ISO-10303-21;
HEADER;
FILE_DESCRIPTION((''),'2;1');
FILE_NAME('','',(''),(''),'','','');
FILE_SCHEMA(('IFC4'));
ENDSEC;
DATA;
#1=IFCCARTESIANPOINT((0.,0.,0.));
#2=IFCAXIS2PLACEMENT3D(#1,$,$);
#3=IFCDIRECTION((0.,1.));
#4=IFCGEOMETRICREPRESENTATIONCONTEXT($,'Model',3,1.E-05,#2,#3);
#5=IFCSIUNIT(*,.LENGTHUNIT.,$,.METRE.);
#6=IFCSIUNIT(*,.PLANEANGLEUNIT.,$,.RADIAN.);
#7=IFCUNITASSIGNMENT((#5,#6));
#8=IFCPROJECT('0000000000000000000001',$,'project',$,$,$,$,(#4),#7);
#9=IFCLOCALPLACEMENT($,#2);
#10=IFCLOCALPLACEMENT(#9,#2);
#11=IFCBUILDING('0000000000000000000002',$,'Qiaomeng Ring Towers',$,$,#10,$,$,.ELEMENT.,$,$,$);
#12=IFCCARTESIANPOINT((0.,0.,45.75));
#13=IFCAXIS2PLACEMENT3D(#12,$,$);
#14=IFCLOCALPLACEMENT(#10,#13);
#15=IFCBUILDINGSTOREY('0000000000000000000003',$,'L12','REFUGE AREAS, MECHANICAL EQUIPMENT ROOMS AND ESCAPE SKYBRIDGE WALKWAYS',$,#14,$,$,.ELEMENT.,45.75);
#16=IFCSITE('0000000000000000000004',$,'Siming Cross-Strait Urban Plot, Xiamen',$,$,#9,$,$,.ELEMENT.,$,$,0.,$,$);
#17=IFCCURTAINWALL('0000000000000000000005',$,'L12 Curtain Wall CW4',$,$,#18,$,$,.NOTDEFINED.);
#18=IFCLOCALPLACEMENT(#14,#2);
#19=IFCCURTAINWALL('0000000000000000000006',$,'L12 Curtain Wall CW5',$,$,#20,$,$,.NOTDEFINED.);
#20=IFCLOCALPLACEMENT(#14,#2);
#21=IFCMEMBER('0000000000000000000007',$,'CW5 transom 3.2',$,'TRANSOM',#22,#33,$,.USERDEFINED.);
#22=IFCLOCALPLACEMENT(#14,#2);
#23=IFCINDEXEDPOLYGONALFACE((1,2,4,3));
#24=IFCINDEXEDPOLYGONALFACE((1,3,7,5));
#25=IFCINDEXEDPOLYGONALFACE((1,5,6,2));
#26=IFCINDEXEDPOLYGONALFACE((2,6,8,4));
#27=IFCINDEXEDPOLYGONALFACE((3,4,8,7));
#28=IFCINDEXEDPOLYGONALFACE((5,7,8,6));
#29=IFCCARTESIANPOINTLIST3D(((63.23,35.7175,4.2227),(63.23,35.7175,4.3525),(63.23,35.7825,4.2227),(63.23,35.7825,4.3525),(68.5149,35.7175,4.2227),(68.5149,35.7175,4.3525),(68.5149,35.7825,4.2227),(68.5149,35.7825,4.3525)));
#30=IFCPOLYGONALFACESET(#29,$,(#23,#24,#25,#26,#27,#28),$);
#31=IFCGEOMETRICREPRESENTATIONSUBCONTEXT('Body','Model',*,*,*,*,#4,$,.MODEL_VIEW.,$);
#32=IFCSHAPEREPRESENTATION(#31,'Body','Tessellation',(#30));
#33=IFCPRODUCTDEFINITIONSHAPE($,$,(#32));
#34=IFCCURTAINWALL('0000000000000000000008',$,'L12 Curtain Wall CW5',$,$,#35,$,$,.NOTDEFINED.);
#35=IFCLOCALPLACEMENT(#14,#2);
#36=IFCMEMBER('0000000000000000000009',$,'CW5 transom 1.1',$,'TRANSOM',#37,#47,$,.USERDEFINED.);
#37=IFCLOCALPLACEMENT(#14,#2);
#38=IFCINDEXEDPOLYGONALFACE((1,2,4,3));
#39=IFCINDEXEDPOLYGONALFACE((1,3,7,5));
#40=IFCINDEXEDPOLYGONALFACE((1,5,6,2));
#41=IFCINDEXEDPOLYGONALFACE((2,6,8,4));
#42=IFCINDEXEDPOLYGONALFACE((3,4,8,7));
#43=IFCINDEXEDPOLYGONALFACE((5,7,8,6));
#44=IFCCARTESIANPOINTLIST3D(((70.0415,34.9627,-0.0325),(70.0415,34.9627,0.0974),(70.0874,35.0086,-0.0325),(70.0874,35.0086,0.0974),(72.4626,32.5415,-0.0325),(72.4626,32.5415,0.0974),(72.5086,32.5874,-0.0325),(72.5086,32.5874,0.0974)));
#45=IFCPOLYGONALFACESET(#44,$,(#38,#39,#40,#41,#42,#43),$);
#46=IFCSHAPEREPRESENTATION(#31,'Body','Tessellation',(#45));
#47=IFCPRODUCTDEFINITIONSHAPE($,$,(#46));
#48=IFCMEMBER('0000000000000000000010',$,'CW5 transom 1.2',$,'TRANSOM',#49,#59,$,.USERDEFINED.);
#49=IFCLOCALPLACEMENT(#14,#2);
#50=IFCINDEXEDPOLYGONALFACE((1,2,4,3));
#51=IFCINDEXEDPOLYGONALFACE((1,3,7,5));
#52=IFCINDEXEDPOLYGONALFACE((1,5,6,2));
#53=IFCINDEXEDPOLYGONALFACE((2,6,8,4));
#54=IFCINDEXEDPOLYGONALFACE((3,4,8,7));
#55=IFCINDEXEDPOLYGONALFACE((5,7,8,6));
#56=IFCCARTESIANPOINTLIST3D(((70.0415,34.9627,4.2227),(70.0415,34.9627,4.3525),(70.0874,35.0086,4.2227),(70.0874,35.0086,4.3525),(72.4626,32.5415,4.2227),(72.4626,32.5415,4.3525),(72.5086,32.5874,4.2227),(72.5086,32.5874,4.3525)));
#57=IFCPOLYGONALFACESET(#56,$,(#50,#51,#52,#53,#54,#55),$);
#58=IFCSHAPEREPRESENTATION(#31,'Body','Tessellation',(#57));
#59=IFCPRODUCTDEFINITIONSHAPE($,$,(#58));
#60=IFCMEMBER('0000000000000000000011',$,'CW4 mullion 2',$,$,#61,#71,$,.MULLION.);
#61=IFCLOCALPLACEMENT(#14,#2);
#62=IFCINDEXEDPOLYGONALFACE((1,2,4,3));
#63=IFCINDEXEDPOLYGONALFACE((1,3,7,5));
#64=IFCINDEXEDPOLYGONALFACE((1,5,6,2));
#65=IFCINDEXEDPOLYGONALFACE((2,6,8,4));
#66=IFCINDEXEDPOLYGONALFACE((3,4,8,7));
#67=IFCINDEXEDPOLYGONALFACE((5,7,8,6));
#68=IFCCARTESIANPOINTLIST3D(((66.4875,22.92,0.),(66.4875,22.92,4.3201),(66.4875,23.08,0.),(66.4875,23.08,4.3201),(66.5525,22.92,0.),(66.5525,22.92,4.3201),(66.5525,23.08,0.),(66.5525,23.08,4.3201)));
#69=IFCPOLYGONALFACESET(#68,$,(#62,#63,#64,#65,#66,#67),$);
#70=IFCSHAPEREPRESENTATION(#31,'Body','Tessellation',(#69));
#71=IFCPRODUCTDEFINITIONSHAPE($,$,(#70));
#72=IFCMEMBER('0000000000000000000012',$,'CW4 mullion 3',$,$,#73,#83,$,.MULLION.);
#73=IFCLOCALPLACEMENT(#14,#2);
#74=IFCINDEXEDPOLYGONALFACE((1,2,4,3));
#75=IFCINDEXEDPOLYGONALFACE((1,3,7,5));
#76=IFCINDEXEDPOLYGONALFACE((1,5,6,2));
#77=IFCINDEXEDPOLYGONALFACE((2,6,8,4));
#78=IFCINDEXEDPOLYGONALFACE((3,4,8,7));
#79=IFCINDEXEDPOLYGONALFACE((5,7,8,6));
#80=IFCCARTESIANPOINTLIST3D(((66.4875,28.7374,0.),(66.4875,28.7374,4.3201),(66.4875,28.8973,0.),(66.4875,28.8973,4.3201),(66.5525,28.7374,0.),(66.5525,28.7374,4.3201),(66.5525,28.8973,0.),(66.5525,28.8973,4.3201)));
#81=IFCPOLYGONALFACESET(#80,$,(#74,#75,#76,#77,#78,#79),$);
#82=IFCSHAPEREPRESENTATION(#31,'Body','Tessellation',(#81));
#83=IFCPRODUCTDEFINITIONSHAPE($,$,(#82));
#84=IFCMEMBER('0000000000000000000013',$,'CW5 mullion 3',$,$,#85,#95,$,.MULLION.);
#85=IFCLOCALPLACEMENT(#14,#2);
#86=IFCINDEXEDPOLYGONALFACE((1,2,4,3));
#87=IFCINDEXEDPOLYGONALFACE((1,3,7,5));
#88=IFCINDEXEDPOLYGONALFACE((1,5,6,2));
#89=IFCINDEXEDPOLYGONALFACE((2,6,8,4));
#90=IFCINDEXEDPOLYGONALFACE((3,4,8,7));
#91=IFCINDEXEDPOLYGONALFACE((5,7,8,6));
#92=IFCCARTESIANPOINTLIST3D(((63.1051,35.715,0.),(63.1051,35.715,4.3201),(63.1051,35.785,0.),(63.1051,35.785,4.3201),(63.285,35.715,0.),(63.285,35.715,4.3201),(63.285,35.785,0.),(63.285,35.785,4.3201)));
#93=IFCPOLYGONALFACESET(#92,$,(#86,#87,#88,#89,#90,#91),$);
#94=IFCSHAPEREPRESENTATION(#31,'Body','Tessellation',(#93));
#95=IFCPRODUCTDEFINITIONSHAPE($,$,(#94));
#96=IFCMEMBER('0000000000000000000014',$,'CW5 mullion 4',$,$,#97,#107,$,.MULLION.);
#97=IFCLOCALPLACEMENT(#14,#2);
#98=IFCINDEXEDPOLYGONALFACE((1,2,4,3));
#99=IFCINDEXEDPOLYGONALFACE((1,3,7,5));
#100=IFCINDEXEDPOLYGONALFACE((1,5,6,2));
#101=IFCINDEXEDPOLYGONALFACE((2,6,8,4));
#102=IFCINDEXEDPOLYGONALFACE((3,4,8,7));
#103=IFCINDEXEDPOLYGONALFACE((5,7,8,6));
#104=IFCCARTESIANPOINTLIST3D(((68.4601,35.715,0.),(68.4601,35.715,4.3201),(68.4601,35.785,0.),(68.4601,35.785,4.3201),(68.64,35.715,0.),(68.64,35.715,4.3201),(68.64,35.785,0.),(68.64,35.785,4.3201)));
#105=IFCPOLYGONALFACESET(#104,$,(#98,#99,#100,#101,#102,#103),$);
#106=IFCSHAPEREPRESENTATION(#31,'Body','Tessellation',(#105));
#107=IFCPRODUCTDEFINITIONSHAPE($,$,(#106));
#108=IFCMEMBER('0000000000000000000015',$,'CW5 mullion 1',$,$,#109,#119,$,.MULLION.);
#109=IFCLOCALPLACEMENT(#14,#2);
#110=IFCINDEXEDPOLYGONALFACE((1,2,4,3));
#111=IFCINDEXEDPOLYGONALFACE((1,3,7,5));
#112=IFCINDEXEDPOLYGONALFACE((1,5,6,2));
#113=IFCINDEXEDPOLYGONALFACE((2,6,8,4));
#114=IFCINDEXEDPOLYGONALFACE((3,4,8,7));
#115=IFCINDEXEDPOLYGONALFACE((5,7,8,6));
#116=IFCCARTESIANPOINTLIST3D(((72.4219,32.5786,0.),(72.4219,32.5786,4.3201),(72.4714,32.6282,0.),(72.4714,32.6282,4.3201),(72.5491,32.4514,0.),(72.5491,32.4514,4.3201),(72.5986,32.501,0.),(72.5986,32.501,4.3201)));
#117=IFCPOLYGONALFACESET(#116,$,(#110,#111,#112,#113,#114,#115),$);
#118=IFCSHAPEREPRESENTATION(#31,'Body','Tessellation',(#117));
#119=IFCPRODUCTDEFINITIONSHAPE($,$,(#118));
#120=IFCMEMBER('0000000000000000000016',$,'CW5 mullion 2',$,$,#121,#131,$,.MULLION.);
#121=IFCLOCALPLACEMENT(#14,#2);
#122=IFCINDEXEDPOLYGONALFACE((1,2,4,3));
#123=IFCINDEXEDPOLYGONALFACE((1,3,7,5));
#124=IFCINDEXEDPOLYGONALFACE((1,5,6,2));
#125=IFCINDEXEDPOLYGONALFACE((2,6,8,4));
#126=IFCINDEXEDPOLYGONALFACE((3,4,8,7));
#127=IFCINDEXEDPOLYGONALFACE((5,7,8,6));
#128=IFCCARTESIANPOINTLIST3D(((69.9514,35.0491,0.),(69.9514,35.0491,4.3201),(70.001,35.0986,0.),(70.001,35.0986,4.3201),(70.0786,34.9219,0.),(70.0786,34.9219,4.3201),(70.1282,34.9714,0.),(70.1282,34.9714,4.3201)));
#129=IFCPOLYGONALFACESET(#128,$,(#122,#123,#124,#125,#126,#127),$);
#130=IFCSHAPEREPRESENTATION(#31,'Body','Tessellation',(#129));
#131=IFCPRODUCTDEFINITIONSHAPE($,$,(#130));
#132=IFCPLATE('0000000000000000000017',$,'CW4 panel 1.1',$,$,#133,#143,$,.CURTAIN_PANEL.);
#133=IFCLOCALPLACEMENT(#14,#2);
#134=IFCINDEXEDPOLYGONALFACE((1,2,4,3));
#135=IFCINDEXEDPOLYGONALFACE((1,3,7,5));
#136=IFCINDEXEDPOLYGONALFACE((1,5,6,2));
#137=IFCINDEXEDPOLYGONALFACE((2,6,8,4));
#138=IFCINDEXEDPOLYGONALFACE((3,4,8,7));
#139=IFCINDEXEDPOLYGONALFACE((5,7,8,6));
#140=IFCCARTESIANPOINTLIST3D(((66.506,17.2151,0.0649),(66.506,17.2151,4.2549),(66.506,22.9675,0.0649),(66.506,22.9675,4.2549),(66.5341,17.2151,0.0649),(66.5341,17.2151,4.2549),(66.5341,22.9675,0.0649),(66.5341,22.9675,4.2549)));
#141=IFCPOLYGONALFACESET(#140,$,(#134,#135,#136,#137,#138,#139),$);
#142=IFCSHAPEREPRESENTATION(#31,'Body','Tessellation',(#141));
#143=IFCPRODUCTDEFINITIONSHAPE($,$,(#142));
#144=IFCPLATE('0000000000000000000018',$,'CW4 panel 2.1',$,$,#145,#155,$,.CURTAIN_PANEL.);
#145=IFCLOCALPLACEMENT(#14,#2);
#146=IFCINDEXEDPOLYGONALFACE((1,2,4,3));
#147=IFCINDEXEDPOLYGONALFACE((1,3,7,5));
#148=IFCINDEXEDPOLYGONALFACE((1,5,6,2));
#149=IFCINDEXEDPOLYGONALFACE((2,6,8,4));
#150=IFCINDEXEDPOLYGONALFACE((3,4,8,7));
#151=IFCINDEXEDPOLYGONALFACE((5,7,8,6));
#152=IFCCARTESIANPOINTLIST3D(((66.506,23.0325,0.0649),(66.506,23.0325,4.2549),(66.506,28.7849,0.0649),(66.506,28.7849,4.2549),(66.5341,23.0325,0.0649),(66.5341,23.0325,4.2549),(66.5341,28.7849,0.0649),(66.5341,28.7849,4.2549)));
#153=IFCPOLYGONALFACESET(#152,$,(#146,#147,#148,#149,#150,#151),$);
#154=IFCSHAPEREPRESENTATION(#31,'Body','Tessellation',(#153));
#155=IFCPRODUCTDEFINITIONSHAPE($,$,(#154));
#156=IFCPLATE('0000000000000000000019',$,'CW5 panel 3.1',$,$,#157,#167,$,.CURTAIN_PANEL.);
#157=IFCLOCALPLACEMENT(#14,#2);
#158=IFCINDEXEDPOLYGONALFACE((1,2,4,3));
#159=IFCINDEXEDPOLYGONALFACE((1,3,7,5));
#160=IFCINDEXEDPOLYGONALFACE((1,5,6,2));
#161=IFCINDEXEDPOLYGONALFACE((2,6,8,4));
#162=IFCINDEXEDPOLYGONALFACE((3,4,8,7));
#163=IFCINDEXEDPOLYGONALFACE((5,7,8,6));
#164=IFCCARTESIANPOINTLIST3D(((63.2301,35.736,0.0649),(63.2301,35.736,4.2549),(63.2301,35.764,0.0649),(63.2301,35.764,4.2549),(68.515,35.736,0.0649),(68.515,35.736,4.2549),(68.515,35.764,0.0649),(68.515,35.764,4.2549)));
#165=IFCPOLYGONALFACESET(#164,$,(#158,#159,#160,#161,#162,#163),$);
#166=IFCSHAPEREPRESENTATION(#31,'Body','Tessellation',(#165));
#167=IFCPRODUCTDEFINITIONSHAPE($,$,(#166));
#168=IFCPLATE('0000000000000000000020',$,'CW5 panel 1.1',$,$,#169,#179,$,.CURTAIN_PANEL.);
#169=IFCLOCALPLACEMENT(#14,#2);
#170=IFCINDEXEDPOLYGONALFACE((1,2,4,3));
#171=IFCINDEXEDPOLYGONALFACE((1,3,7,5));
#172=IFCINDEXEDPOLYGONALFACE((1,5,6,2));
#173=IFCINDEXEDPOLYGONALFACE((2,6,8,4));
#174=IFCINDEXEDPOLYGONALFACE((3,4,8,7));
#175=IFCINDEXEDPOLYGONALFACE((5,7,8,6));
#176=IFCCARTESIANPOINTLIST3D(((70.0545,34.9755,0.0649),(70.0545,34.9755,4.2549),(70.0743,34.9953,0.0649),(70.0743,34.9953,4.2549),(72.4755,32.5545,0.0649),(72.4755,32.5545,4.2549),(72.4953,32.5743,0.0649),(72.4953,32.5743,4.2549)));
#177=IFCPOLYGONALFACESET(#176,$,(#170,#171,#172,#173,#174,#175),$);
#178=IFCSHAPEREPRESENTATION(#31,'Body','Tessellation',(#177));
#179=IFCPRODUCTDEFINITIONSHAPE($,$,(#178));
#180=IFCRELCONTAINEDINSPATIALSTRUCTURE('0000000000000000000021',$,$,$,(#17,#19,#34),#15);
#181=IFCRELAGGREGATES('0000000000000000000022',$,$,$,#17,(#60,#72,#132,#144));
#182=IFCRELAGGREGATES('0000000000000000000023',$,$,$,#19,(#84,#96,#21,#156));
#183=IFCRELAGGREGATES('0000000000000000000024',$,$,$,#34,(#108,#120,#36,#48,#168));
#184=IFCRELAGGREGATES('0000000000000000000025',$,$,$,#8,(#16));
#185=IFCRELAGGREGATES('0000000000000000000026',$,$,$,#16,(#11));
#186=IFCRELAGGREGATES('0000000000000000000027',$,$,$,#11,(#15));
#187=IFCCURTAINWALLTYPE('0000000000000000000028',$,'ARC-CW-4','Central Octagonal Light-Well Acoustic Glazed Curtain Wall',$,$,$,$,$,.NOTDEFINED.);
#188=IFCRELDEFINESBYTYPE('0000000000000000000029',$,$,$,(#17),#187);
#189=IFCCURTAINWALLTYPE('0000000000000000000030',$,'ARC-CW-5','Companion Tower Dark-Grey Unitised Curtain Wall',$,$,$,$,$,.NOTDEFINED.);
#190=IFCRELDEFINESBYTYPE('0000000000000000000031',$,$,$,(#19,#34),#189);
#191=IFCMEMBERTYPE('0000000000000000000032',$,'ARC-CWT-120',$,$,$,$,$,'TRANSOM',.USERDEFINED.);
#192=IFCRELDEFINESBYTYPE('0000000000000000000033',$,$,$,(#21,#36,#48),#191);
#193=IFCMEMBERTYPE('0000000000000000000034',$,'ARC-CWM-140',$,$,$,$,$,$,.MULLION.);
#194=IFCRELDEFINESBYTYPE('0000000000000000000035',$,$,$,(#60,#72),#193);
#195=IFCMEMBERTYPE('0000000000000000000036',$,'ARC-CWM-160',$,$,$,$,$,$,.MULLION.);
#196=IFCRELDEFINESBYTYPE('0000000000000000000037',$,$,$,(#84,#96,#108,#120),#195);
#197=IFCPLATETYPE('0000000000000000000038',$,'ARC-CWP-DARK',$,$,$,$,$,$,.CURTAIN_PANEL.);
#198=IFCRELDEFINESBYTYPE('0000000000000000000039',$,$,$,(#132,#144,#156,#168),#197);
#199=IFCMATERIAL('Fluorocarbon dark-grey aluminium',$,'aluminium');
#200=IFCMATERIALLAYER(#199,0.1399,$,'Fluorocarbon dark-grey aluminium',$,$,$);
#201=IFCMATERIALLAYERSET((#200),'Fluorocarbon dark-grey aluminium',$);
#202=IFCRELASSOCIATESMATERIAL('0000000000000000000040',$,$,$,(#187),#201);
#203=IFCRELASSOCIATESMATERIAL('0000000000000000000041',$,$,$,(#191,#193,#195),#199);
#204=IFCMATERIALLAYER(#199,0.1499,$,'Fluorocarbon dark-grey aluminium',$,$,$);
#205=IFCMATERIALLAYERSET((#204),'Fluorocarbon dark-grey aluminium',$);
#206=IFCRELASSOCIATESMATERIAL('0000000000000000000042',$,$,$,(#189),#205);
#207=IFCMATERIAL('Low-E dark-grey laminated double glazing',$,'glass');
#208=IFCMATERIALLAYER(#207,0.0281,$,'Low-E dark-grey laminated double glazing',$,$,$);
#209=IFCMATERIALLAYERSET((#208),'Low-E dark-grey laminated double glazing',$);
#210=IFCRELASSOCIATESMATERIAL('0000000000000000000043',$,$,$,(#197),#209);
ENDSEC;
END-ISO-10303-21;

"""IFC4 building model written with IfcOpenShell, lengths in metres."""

from ifc_helpers import new_model, si_unit, direction, frame, origin, origin_2d, place, context, subcontext, project, spatial, rectangle, extrude, source, transform, mapped, material, layer, layer_set, material_profile, profile_set, type_object, element, aggregate, save


model = new_model("IFC4")

# Units and contexts
model_context = context("Model", 3, precision=1e-05, world=origin(), true_north=direction((0.0, 1.0)))
body_context = subcontext(model_context, "Body", "Model", "MODEL_VIEW")
ifc_project = project(units=[si_unit("LENGTHUNIT", "METRE"), si_unit("PLANEANGLEUNIT", "RADIAN")], contexts=[model_context])

# Site, building, storey
site_placement = place(None, origin())
site = spatial("IfcSite", under=ifc_project, at=site_placement, Name="Siming Cross-Strait Urban Plot, Xiamen", CompositionType="ELEMENT", RefElevation=0.0)
building_placement = place(site_placement, origin())
building = spatial("IfcBuilding", under=site, at=building_placement, Name="Qiaomeng Ring Towers", CompositionType="ELEMENT")
storey_placement = place(building_placement, frame((0.0, 0.0, 45.75)))
storey = spatial("IfcBuildingStorey", under=building, at=storey_placement, Name="L12", Description="REFUGE AREAS, MECHANICAL EQUIPMENT ROOMS AND ESCAPE SKYBRIDGE WALKWAYS", CompositionType="ELEMENT", Elevation=45.75)

# Curtain walls, members
ifc_material_1 = material(Name="Fluorocarbon dark-grey aluminium", Category="aluminium")
ifc_layer_1 = layer(ifc_material_1, 0.1399, Name="Fluorocarbon dark-grey aluminium")
ifc_layer_set_1 = layer_set([ifc_layer_1], Name="Fluorocarbon dark-grey aluminium")
curtain_wall_type_1 = type_object("IfcCurtainWallType", Name="ARC-CW-4", Description="Central Octagonal Light-Well Acoustic Glazed Curtain Wall", PredefinedType="NOTDEFINED", material=ifc_layer_set_1)
curtain_wall_1_placement = place(storey_placement, origin())
curtain_wall_1 = element("IfcCurtainWall", 1, at=curtain_wall_1_placement, inside=storey, type_object=curtain_wall_type_1, Name="L12 Curtain Wall CW4", PredefinedType="NOTDEFINED")
ifc_material_profile_1 = material_profile(ifc_material_1, rectangle(XDim=0.0649, YDim=0.1299, at=origin_2d()), Name="ALU TRAN 65x130")
ifc_profile_set_1 = profile_set([ifc_material_profile_1], Name="Fluorocarbon dark-grey aluminium")
member_type_1 = type_object("IfcMemberType", Name="ARC-CWT-120", ElementType="TRANSOM", PredefinedType="USERDEFINED", material=ifc_profile_set_1)
ifc_layer_2 = layer(ifc_material_1, 0.1499, Name="Fluorocarbon dark-grey aluminium")
ifc_layer_set_2 = layer_set([ifc_layer_2], Name="Fluorocarbon dark-grey aluminium")
curtain_wall_type_2 = type_object("IfcCurtainWallType", Name="ARC-CW-5", Description="Companion Tower Dark-Grey Unitised Curtain Wall", PredefinedType="NOTDEFINED", material=ifc_layer_set_2)
curtain_wall_2_placement = place(storey_placement, origin())
curtain_wall_2 = element("IfcCurtainWall", 2, at=curtain_wall_2_placement, inside=storey, type_object=curtain_wall_type_2, Name="L12 Curtain Wall CW5", PredefinedType="NOTDEFINED")
shared_shape_1 = source(origin(), body_context, "Body", "SweptSolid", [
    extrude(rectangle(XDim=0.0649, YDim=0.1299, at=origin_2d()), origin(), (0.0, 0.0, 1.0), 5.2849),
])
member_1_placement = place(storey_placement, frame((63.23, 35.75, 4.2876), z_axis=(1.0, 0.0, 0.0), x_axis=(0.0, 1.0, 0.0)))
member_1 = element("IfcMember", 3, at=member_1_placement, type_object=member_type_1, Name="CW5 transom 3.2", ObjectType="TRANSOM", PredefinedType="USERDEFINED", context=body_context, shape_type="MappedRepresentation", body=[
    mapped(shared_shape_1, transform((0.0, 0.0, 0.0), x_axis=(1.0, 0.0, 0.0), y_axis=(0.0, 1.0, 0.0), z_axis=(0.0, 0.0, 1.0), scale=1.0)),
])
curtain_wall_3_placement = place(storey_placement, origin())
curtain_wall_3 = element("IfcCurtainWall", 4, at=curtain_wall_3_placement, inside=storey, type_object=curtain_wall_type_2, Name="L12 Curtain Wall CW5", PredefinedType="NOTDEFINED")
shared_shape_2 = source(origin(), body_context, "Body", "SweptSolid", [
    extrude(rectangle(XDim=0.0649, YDim=0.1299, at=origin_2d()), origin(), (0.0, 0.0, 1.0), 3.4241),
])
member_2_placement = place(storey_placement, frame((72.4856, 32.5645, 0.0325), z_axis=(-0.707107, 0.707107, 0.0), x_axis=(-0.707107, -0.707107, 0.0)))
member_2 = element("IfcMember", 5, at=member_2_placement, type_object=member_type_1, Name="CW5 transom 1.1", ObjectType="TRANSOM", PredefinedType="USERDEFINED", context=body_context, shape_type="MappedRepresentation", body=[
    mapped(shared_shape_2, transform((0.0, 0.0, 0.0), x_axis=(1.0, 0.0, 0.0), y_axis=(0.0, 1.0, 0.0), z_axis=(0.0, 0.0, 1.0), scale=1.0)),
])
member_3_placement = place(storey_placement, frame((72.4856, 32.5645, 4.2876), z_axis=(-0.707107, 0.707107, 0.0), x_axis=(-0.707107, -0.707107, 0.0)))
member_3 = element("IfcMember", 6, at=member_3_placement, type_object=member_type_1, Name="CW5 transom 1.2", ObjectType="TRANSOM", PredefinedType="USERDEFINED", context=body_context, shape_type="MappedRepresentation", body=[
    mapped(shared_shape_2, transform((0.0, 0.0, 0.0), x_axis=(1.0, 0.0, 0.0), y_axis=(0.0, 1.0, 0.0), z_axis=(0.0, 0.0, 1.0), scale=1.0)),
])

# Members
ifc_material_profile_2 = material_profile(ifc_material_1, rectangle(XDim=0.0649, YDim=0.1599, at=origin_2d()), Name="ALU MULL 65x160")
ifc_profile_set_2 = profile_set([ifc_material_profile_2], Name="Fluorocarbon dark-grey aluminium")
member_type_2 = type_object("IfcMemberType", Name="ARC-CWM-140", PredefinedType="MULLION", material=ifc_profile_set_2)
shared_shape_3 = source(origin(), body_context, "Body", "SweptSolid", [
    extrude(rectangle(XDim=0.0649, YDim=0.1599, at=origin_2d()), origin(), (0.0, 0.0, 1.0), 4.3201),
])
member_4_placement = place(storey_placement, frame((66.52, 23.0, 0.0), z_axis=(0.0, 0.0, 1.0), x_axis=(-1.0, 0.0, 0.0)))
member_4 = element("IfcMember", 7, at=member_4_placement, type_object=member_type_2, Name="CW4 mullion 2", PredefinedType="MULLION", context=body_context, shape_type="MappedRepresentation", body=[
    mapped(shared_shape_3, transform((0.0, 0.0, 0.0), x_axis=(1.0, 0.0, 0.0), y_axis=(0.0, 1.0, 0.0), z_axis=(0.0, 0.0, 1.0), scale=1.0)),
])
member_5_placement = place(storey_placement, frame((66.52, 28.8174, 0.0), z_axis=(0.0, 0.0, 1.0), x_axis=(-1.0, 0.0, 0.0)))
member_5 = element("IfcMember", 8, at=member_5_placement, type_object=member_type_2, Name="CW4 mullion 3", PredefinedType="MULLION", context=body_context, shape_type="MappedRepresentation", body=[
    mapped(shared_shape_3, transform((0.0, 0.0, 0.0), x_axis=(1.0, 0.0, 0.0), y_axis=(0.0, 1.0, 0.0), z_axis=(0.0, 0.0, 1.0), scale=1.0)),
])
ifc_material_profile_3 = material_profile(ifc_material_1, rectangle(XDim=0.0701, YDim=0.1799, at=origin_2d()), Name="ALU MULL 70x180")
ifc_profile_set_3 = profile_set([ifc_material_profile_3], Name="Fluorocarbon dark-grey aluminium")
member_type_3 = type_object("IfcMemberType", Name="ARC-CWM-160", PredefinedType="MULLION", material=ifc_profile_set_3)
shared_shape_4 = source(origin(), body_context, "Body", "SweptSolid", [
    extrude(rectangle(XDim=0.0701, YDim=0.1799, at=origin_2d()), origin(), (0.0, 0.0, 1.0), 4.3201),
])
member_6_placement = place(storey_placement, frame((63.1951, 35.75, 0.0), z_axis=(0.0, 0.0, 1.0), x_axis=(0.0, 1.0, 0.0)))
member_6 = element("IfcMember", 9, at=member_6_placement, type_object=member_type_3, Name="CW5 mullion 3", PredefinedType="MULLION", context=body_context, shape_type="MappedRepresentation", body=[
    mapped(shared_shape_4, transform((0.0, 0.0, 0.0), x_axis=(1.0, 0.0, 0.0), y_axis=(0.0, 1.0, 0.0), z_axis=(0.0, 0.0, 1.0), scale=1.0)),
])
member_7_placement = place(storey_placement, frame((68.55, 35.75, 0.0), z_axis=(0.0, 0.0, 1.0), x_axis=(0.0, 1.0, 0.0)))
member_7 = element("IfcMember", 10, at=member_7_placement, type_object=member_type_3, Name="CW5 mullion 4", PredefinedType="MULLION", context=body_context, shape_type="MappedRepresentation", body=[
    mapped(shared_shape_4, transform((0.0, 0.0, 0.0), x_axis=(1.0, 0.0, 0.0), y_axis=(0.0, 1.0, 0.0), z_axis=(0.0, 0.0, 1.0), scale=1.0)),
])
member_8_placement = place(storey_placement, frame((72.5103, 32.5398, 0.0), z_axis=(0.0, 0.0, 1.0), x_axis=(-0.707107, -0.707107, 0.0)))
member_8 = element("IfcMember", 11, at=member_8_placement, type_object=member_type_3, Name="CW5 mullion 1", PredefinedType="MULLION", context=body_context, shape_type="MappedRepresentation", body=[
    mapped(shared_shape_4, transform((0.0, 0.0, 0.0), x_axis=(1.0, 0.0, 0.0), y_axis=(0.0, 1.0, 0.0), z_axis=(0.0, 0.0, 1.0), scale=1.0)),
])
member_9_placement = place(storey_placement, frame((70.0398, 35.0103, 0.0), z_axis=(0.0, 0.0, 1.0), x_axis=(-0.707107, -0.707107, 0.0)))
member_9 = element("IfcMember", 12, at=member_9_placement, type_object=member_type_3, Name="CW5 mullion 2", PredefinedType="MULLION", context=body_context, shape_type="MappedRepresentation", body=[
    mapped(shared_shape_4, transform((0.0, 0.0, 0.0), x_axis=(1.0, 0.0, 0.0), y_axis=(0.0, 1.0, 0.0), z_axis=(0.0, 0.0, 1.0), scale=1.0)),
])

# Plates
ifc_material_2 = material(Name="Low-E dark-grey laminated double glazing", Category="glass")
ifc_layer_3 = layer(ifc_material_2, 0.0281, Name="Low-E dark-grey laminated double glazing")
ifc_layer_set_3 = layer_set([ifc_layer_3], Name="Low-E dark-grey laminated double glazing")
plate_type = type_object("IfcPlateType", Name="ARC-CWP-DARK", PredefinedType="CURTAIN_PANEL", material=ifc_layer_set_3)
shared_shape_5 = source(origin(), body_context, "Body", "SweptSolid", [
    extrude(rectangle(XDim=5.7524, YDim=0.0281, at=origin_2d()), origin(), (0.0, 0.0, 1.0), 4.1899),
])
plate_1_placement = place(storey_placement, frame((66.52, 20.0913, 0.0649), z_axis=(0.0, 0.0, 1.0), x_axis=(0.0, 1.0, 0.0)))
plate_1 = element("IfcPlate", 13, at=plate_1_placement, type_object=plate_type, Name="CW4 panel 1.1", PredefinedType="CURTAIN_PANEL", context=body_context, shape_type="MappedRepresentation", body=[
    mapped(shared_shape_5, transform((0.0, 0.0, 0.0), x_axis=(1.0, 0.0, 0.0), y_axis=(0.0, 1.0, 0.0), z_axis=(0.0, 0.0, 1.0), scale=1.0)),
])
plate_2_placement = place(storey_placement, frame((66.52, 25.9087, 0.0649), z_axis=(0.0, 0.0, 1.0), x_axis=(0.0, 1.0, 0.0)))
plate_2 = element("IfcPlate", 14, at=plate_2_placement, type_object=plate_type, Name="CW4 panel 2.1", PredefinedType="CURTAIN_PANEL", context=body_context, shape_type="MappedRepresentation", body=[
    mapped(shared_shape_5, transform((0.0, 0.0, 0.0), x_axis=(1.0, 0.0, 0.0), y_axis=(0.0, 1.0, 0.0), z_axis=(0.0, 0.0, 1.0), scale=1.0)),
])
aggregate(curtain_wall_1, [member_4, member_5, plate_1, plate_2])
shared_shape_6 = source(origin(), body_context, "Body", "SweptSolid", [
    extrude(rectangle(XDim=5.2849, YDim=0.0281, at=origin_2d()), origin(), (0.0, 0.0, 1.0), 4.1899),
])
plate_3_placement = place(storey_placement, frame((65.8726, 35.75, 0.0649), z_axis=(0.0, 0.0, 1.0), x_axis=(1.0, 0.0, 0.0)))
plate_3 = element("IfcPlate", 15, at=plate_3_placement, type_object=plate_type, Name="CW5 panel 3.1", PredefinedType="CURTAIN_PANEL", context=body_context, shape_type="MappedRepresentation", body=[
    mapped(shared_shape_6, transform((0.0, 0.0, 0.0), x_axis=(1.0, 0.0, 0.0), y_axis=(0.0, 1.0, 0.0), z_axis=(0.0, 0.0, 1.0), scale=1.0)),
])
aggregate(curtain_wall_2, [member_6, member_7, member_1, plate_3])
shared_shape_7 = source(origin(), body_context, "Body", "SweptSolid", [
    extrude(rectangle(XDim=3.4238, YDim=0.0281, at=origin_2d()), origin(), (0.0, 0.0, 1.0), 4.1899),
])
plate_4_placement = place(storey_placement, frame((71.2749, 33.7749, 0.0649), z_axis=(0.0, 0.0, 1.0), x_axis=(-0.707107, 0.707107, 0.0)))
plate_4 = element("IfcPlate", 16, at=plate_4_placement, type_object=plate_type, Name="CW5 panel 1.1", PredefinedType="CURTAIN_PANEL", context=body_context, shape_type="MappedRepresentation", body=[
    mapped(shared_shape_7, transform((0.0, 0.0, 0.0), x_axis=(1.0, 0.0, 0.0), y_axis=(0.0, 1.0, 0.0), z_axis=(0.0, 0.0, 1.0), scale=1.0)),
])
aggregate(curtain_wall_3, [member_8, member_9, member_2, member_3, plate_4])

save(model, "model.ifc")
